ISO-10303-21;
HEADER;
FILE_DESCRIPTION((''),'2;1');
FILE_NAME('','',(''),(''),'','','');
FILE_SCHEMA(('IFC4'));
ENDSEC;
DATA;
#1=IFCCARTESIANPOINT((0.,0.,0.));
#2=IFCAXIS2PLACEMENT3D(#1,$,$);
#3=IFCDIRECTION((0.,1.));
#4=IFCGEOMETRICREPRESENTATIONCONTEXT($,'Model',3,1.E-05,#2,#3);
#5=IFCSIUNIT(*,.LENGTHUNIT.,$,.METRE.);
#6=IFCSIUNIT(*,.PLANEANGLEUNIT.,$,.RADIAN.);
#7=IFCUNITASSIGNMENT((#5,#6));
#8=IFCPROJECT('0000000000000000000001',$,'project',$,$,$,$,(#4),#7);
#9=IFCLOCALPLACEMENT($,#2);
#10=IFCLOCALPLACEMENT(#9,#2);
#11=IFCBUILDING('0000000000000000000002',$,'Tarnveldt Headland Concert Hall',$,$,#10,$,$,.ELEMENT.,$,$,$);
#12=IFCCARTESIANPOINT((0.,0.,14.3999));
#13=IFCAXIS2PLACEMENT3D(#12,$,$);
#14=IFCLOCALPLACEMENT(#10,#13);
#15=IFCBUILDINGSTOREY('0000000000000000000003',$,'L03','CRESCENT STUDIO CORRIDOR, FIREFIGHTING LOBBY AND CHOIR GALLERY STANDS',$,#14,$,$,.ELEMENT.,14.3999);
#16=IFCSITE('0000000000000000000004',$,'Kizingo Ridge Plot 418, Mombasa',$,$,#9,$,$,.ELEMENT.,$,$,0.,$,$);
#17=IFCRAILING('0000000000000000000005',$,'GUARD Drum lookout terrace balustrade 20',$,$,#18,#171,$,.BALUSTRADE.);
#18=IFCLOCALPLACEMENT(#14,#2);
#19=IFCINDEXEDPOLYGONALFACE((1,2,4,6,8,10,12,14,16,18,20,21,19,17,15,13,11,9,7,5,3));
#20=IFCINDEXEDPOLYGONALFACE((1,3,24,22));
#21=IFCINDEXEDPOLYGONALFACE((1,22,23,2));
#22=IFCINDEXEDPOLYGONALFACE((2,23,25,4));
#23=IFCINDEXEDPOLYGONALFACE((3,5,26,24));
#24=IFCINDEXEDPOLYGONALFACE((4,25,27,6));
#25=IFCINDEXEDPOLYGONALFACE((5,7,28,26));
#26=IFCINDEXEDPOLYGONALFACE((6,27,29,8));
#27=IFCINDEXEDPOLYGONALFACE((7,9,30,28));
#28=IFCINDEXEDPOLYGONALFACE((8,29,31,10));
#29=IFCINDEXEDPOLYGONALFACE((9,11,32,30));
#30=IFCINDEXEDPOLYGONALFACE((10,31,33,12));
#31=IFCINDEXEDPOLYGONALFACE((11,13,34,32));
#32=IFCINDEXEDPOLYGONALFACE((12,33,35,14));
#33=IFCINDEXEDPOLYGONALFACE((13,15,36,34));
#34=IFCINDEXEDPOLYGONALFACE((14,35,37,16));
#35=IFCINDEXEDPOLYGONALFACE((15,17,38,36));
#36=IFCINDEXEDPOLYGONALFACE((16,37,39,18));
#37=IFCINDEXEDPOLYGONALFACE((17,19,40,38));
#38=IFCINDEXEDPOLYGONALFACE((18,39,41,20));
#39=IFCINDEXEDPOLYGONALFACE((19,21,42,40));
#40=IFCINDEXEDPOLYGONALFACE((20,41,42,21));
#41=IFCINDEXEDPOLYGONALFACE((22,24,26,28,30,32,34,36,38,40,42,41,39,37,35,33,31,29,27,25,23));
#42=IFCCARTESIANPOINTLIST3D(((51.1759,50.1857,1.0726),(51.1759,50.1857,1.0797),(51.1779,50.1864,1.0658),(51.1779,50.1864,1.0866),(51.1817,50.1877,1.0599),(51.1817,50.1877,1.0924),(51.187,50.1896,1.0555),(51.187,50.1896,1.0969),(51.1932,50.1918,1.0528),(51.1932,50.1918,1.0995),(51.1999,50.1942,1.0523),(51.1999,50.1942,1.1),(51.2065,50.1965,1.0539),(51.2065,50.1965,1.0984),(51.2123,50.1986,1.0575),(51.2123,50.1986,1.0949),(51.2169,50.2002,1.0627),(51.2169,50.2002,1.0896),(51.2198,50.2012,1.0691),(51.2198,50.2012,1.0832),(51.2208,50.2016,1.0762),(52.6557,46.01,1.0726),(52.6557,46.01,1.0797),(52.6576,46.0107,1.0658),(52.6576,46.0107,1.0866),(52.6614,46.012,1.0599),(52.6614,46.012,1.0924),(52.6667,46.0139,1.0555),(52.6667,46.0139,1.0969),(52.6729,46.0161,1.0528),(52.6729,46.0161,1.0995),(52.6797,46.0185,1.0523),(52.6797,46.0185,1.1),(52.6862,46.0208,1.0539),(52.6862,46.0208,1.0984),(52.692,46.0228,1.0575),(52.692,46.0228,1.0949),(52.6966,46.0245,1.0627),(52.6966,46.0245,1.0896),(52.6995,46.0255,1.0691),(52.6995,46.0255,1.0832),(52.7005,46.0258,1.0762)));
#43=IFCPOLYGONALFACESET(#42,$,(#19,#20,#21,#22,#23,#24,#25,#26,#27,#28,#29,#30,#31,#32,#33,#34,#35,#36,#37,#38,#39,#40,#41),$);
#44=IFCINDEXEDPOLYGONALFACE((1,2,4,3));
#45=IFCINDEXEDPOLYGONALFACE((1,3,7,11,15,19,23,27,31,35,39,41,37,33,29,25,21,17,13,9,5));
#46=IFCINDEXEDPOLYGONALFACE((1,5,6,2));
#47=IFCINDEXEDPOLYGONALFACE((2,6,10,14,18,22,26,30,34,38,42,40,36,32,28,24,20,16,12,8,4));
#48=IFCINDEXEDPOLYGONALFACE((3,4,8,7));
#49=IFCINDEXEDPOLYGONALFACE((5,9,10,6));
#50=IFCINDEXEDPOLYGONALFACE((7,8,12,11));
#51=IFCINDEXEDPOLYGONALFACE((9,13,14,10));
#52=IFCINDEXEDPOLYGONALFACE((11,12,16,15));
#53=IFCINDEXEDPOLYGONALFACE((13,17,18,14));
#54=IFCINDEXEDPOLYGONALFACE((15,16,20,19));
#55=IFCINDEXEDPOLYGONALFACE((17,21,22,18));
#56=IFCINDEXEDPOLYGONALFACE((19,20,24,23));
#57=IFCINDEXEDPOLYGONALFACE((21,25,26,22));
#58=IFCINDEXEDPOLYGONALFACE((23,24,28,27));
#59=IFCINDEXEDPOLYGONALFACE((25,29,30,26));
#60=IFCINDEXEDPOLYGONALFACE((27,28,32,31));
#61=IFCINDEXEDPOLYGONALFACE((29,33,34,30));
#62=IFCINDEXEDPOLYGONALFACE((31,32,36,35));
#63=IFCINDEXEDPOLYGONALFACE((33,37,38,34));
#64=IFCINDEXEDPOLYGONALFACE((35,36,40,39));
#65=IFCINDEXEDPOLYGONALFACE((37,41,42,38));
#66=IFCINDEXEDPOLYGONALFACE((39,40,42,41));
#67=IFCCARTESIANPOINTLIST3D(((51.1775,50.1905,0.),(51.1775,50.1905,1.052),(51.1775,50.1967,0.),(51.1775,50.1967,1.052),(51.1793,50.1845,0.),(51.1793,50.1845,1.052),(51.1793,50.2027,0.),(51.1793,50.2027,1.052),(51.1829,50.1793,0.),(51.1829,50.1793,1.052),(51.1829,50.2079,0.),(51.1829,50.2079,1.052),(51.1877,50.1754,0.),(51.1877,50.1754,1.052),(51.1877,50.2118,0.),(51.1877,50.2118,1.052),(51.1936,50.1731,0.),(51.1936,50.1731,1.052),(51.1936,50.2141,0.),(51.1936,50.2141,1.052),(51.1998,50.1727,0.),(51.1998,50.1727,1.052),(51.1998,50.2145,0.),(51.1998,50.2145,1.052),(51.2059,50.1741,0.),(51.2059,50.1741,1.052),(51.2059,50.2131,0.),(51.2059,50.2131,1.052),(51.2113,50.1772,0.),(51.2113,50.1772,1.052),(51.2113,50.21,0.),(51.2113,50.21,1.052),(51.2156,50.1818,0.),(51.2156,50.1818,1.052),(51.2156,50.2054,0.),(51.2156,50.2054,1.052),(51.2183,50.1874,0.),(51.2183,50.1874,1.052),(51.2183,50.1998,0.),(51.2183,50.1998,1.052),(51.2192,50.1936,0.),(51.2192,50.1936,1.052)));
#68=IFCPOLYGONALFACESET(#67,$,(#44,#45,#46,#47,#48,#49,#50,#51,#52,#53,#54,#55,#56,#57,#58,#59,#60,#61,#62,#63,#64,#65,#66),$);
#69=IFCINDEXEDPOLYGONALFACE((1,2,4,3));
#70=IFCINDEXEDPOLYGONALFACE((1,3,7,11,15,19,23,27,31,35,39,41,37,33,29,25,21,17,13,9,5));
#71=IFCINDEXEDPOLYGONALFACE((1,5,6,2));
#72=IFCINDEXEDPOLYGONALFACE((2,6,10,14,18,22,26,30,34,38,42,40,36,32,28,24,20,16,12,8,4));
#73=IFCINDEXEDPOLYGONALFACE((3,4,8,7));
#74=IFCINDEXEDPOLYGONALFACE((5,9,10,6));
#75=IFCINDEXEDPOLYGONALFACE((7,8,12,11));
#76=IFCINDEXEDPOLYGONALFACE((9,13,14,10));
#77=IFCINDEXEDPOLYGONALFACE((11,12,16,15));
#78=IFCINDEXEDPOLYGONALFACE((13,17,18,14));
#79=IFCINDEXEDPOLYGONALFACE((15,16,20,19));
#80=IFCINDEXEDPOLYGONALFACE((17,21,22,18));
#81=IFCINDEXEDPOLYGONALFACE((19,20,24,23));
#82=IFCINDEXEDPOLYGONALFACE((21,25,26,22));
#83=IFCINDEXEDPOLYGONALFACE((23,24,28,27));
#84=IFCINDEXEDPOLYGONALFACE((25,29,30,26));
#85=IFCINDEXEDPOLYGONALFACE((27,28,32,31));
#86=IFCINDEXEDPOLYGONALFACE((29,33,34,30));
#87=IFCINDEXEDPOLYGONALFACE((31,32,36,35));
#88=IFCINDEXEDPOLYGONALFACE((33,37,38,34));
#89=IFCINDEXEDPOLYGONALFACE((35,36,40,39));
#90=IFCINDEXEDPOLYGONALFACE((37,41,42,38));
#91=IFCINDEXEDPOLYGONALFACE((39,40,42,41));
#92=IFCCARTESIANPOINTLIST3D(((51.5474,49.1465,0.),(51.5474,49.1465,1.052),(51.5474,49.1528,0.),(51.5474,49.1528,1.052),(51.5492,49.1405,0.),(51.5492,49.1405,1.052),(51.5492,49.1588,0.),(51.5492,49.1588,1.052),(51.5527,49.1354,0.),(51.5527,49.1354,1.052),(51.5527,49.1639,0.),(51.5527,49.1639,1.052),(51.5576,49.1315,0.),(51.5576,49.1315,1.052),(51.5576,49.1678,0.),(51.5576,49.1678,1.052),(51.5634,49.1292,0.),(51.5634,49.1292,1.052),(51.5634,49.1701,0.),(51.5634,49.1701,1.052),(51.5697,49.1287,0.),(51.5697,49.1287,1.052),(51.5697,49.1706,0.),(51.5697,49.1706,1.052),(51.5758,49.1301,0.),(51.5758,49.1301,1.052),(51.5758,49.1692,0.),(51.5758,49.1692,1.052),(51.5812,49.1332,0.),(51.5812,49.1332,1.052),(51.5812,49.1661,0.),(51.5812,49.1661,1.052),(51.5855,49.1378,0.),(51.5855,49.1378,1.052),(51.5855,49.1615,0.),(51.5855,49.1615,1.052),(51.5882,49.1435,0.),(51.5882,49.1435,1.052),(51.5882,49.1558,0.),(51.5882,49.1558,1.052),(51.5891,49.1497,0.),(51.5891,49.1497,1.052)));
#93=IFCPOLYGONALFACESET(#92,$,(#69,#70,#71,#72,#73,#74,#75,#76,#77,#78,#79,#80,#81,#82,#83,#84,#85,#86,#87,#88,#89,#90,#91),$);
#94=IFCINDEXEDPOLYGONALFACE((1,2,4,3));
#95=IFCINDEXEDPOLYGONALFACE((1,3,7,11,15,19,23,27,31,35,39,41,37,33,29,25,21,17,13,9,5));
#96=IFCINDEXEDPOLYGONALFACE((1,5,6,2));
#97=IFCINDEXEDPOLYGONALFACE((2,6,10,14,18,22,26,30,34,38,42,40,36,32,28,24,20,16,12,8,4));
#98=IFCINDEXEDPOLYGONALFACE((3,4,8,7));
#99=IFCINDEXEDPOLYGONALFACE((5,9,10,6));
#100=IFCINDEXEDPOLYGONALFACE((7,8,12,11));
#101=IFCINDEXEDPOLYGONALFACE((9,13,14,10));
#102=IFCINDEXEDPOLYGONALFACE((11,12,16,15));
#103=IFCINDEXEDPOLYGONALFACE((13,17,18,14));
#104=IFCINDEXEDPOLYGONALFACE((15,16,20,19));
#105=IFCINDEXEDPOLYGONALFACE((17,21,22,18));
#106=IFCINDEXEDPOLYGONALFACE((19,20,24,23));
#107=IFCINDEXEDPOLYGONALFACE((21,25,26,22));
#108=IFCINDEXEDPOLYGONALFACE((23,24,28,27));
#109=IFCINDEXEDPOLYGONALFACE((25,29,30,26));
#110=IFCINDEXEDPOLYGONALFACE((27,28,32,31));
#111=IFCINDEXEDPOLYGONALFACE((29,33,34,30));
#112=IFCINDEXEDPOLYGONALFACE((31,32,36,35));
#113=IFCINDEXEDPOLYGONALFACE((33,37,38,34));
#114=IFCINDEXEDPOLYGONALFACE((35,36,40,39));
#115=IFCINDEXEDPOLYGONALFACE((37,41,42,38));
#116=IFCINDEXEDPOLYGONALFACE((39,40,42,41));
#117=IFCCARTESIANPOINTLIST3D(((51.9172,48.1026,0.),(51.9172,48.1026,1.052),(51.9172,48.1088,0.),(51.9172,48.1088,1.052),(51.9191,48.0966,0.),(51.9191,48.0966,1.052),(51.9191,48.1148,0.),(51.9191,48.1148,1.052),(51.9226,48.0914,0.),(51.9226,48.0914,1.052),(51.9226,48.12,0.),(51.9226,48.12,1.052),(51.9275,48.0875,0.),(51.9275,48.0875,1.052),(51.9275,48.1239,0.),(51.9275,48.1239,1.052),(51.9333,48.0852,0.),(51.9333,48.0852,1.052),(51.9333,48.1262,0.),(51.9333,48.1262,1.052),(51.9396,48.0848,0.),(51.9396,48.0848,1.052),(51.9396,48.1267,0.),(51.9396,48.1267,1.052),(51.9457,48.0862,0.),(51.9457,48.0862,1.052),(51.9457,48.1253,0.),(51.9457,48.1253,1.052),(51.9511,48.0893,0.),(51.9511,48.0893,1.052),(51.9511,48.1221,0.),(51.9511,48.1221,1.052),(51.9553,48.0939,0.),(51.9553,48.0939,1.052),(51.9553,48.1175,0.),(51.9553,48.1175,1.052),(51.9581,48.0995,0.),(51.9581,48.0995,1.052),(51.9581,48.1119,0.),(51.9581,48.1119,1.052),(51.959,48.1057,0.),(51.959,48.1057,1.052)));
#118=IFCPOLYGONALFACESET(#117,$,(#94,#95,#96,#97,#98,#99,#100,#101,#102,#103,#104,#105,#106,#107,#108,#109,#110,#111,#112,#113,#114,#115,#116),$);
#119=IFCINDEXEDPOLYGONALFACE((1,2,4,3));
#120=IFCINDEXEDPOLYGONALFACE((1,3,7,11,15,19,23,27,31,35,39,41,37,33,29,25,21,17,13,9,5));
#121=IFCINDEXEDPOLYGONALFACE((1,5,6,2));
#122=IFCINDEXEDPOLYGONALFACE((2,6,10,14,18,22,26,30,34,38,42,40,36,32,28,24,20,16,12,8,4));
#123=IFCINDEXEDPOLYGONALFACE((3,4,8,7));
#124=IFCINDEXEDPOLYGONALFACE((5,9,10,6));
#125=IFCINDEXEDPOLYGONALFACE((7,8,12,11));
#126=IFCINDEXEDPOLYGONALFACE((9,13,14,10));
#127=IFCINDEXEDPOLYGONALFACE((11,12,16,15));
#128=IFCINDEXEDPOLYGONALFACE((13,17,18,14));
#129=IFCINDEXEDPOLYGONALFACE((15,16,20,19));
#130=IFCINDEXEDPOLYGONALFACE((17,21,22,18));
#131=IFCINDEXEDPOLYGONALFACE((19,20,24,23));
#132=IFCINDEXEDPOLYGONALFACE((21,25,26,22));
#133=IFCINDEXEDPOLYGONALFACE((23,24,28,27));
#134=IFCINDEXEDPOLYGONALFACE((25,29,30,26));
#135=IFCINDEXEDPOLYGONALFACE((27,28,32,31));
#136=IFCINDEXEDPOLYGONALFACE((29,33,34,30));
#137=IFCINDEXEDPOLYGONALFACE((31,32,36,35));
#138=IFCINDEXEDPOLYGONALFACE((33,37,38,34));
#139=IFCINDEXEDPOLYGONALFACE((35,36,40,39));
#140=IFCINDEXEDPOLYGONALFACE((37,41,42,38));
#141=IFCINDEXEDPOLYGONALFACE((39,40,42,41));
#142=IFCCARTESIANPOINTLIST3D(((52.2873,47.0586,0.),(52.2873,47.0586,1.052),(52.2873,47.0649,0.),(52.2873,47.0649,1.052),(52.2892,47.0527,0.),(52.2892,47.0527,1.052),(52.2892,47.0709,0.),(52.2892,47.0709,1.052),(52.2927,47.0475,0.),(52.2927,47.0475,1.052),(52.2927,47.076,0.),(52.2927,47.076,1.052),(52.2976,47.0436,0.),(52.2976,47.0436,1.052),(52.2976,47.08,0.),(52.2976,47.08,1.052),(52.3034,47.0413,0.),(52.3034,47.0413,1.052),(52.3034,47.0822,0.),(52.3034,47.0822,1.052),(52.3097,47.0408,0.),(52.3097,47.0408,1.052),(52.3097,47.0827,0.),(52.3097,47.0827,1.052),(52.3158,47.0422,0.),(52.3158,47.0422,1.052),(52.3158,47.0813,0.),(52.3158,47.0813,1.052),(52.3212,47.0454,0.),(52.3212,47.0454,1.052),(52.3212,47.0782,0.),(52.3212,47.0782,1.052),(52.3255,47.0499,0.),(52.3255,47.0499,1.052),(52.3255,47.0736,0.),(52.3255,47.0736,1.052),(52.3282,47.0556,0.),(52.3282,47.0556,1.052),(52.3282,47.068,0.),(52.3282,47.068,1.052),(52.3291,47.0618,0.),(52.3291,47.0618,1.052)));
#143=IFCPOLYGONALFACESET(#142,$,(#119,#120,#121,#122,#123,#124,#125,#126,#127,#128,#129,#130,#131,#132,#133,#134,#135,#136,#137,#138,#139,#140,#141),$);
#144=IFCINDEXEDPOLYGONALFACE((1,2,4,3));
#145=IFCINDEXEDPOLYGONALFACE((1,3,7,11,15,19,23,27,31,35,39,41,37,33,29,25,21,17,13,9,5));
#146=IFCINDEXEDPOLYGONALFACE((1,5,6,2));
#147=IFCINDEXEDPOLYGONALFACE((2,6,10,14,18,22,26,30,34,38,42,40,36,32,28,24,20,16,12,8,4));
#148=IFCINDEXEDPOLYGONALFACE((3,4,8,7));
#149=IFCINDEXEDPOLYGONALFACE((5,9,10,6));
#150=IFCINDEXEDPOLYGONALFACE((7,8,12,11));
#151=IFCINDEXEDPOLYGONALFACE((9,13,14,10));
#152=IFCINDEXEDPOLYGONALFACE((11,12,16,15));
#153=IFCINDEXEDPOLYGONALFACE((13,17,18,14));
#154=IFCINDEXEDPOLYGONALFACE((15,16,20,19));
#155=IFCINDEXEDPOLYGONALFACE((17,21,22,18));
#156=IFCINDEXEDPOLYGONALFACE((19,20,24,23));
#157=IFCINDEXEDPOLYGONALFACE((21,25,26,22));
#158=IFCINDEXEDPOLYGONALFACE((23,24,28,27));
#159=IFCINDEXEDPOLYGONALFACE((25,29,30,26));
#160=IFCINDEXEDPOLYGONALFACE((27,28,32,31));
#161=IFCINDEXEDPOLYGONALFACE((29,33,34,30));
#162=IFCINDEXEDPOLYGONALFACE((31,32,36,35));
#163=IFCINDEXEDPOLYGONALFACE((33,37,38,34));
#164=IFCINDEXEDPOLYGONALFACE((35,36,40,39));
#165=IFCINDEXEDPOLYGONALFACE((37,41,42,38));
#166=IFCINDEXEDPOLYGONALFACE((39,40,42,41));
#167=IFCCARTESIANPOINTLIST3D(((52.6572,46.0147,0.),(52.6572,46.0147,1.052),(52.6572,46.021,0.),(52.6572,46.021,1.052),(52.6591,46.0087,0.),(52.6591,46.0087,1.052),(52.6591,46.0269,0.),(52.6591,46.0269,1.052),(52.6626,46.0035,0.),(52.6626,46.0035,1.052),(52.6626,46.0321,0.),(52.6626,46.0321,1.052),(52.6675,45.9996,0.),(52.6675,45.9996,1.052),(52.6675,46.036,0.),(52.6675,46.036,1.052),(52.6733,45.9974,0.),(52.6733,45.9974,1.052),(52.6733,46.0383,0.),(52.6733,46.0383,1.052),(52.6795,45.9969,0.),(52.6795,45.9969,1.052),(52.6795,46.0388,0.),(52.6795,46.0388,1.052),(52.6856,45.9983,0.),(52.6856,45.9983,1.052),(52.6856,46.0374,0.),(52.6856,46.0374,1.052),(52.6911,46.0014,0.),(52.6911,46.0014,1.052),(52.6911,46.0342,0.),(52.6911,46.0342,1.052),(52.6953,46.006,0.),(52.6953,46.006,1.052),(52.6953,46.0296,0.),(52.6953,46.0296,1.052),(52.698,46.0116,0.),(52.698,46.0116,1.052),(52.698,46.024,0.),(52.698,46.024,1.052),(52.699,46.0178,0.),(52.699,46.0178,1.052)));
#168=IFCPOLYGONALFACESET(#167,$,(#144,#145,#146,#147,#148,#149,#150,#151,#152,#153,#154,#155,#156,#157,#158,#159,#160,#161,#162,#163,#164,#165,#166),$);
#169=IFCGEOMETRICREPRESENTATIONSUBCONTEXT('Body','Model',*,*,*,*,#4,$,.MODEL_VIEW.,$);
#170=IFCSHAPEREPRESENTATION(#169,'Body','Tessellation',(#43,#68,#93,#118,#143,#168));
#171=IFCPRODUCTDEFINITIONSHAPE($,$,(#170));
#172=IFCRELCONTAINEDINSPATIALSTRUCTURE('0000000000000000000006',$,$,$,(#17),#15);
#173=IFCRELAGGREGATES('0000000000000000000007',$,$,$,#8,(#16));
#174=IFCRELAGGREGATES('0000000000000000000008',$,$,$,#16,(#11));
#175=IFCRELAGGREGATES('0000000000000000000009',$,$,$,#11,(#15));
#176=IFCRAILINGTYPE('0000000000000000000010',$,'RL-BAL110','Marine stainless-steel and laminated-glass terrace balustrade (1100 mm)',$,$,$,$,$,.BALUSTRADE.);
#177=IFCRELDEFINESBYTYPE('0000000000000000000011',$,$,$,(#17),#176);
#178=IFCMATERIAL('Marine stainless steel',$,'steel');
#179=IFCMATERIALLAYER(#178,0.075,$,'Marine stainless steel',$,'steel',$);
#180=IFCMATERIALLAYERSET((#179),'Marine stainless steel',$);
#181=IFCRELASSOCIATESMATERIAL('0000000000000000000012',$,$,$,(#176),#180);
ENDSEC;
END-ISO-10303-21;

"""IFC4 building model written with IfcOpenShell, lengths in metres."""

from ifc_helpers import new_model, si_unit, direction, frame, origin, origin_2d, place, context, subcontext, project, spatial, circle, extrude, material, layer, layer_set, type_object, element, save


model = new_model("IFC4")

# Units and contexts
model_context = context("Model", 3, precision=1e-05, world=origin(), true_north=direction((0.0, 1.0)))
body_context = subcontext(model_context, "Body", "Model", "MODEL_VIEW")
ifc_project = project(units=[si_unit("LENGTHUNIT", "METRE"), si_unit("PLANEANGLEUNIT", "RADIAN")], contexts=[model_context])

# Site, building, storey
site_placement = place(None, origin())
site = spatial("IfcSite", under=ifc_project, at=site_placement, Name="Kizingo Ridge Plot 418, Mombasa", CompositionType="ELEMENT", RefElevation=0.0)
building_placement = place(site_placement, origin())
building = spatial("IfcBuilding", under=site, at=building_placement, Name="Tarnveldt Headland Concert Hall", CompositionType="ELEMENT")
storey_placement = place(building_placement, frame((0.0, 0.0, 14.3999)))
storey = spatial("IfcBuildingStorey", under=building, at=storey_placement, Name="L03", Description="CRESCENT STUDIO CORRIDOR, FIREFIGHTING LOBBY AND CHOIR GALLERY STANDS", CompositionType="ELEMENT", Elevation=14.3999)

# Railing
ifc_material_1 = material(Name="Marine stainless steel", Category="steel")
ifc_layer_1 = layer(ifc_material_1, 0.075, Name="Marine stainless steel", Category="steel")
ifc_layer_set_1 = layer_set([ifc_layer_1], Name="Marine stainless steel")
railing_type = type_object("IfcRailingType", Name="RL-BAL110", Description="Marine stainless-steel and laminated-glass terrace balustrade (1100 mm)", PredefinedType="BALUSTRADE", material=ifc_layer_set_1)
railing_1_placement = place(storey_placement, frame((51.1982, 50.1936, 0.0)))
element("IfcRailing", 1, at=railing_1_placement, inside=storey, type_object=railing_type, Name="GUARD Drum lookout terrace balustrade 20", PredefinedType="BALUSTRADE", context=body_context, shape_type="SweptSolid", body=[
    extrude(circle(Radius=0.0239, at=origin_2d()), frame((0.0, 0.0, 1.0762), z_axis=(0.33401, -0.942569, 0.0), x_axis=(0.942569, 0.33401, 0.0)), (0.0, 0.0, 1.0), 4.4302),
    extrude(circle(Radius=0.021, at=origin_2d()), origin(), (0.0, 0.0, 1.0), 1.052),
    extrude(circle(Radius=0.021, at=origin_2d()), frame((0.3699, -1.0439, 0.0)), (0.0, 0.0, 1.0), 1.052),
    extrude(circle(Radius=0.021, at=origin_2d()), frame((0.7397, -2.0879, 0.0)), (0.0, 0.0, 1.0), 1.052),
    extrude(circle(Radius=0.021, at=origin_2d()), frame((1.1099, -3.1318, 0.0)), (0.0, 0.0, 1.0), 1.052),
    extrude(circle(Radius=0.021, at=origin_2d()), frame((1.4797, -4.1758, 0.0)), (0.0, 0.0, 1.0), 1.052),
])

save(model, "model.ifc")
